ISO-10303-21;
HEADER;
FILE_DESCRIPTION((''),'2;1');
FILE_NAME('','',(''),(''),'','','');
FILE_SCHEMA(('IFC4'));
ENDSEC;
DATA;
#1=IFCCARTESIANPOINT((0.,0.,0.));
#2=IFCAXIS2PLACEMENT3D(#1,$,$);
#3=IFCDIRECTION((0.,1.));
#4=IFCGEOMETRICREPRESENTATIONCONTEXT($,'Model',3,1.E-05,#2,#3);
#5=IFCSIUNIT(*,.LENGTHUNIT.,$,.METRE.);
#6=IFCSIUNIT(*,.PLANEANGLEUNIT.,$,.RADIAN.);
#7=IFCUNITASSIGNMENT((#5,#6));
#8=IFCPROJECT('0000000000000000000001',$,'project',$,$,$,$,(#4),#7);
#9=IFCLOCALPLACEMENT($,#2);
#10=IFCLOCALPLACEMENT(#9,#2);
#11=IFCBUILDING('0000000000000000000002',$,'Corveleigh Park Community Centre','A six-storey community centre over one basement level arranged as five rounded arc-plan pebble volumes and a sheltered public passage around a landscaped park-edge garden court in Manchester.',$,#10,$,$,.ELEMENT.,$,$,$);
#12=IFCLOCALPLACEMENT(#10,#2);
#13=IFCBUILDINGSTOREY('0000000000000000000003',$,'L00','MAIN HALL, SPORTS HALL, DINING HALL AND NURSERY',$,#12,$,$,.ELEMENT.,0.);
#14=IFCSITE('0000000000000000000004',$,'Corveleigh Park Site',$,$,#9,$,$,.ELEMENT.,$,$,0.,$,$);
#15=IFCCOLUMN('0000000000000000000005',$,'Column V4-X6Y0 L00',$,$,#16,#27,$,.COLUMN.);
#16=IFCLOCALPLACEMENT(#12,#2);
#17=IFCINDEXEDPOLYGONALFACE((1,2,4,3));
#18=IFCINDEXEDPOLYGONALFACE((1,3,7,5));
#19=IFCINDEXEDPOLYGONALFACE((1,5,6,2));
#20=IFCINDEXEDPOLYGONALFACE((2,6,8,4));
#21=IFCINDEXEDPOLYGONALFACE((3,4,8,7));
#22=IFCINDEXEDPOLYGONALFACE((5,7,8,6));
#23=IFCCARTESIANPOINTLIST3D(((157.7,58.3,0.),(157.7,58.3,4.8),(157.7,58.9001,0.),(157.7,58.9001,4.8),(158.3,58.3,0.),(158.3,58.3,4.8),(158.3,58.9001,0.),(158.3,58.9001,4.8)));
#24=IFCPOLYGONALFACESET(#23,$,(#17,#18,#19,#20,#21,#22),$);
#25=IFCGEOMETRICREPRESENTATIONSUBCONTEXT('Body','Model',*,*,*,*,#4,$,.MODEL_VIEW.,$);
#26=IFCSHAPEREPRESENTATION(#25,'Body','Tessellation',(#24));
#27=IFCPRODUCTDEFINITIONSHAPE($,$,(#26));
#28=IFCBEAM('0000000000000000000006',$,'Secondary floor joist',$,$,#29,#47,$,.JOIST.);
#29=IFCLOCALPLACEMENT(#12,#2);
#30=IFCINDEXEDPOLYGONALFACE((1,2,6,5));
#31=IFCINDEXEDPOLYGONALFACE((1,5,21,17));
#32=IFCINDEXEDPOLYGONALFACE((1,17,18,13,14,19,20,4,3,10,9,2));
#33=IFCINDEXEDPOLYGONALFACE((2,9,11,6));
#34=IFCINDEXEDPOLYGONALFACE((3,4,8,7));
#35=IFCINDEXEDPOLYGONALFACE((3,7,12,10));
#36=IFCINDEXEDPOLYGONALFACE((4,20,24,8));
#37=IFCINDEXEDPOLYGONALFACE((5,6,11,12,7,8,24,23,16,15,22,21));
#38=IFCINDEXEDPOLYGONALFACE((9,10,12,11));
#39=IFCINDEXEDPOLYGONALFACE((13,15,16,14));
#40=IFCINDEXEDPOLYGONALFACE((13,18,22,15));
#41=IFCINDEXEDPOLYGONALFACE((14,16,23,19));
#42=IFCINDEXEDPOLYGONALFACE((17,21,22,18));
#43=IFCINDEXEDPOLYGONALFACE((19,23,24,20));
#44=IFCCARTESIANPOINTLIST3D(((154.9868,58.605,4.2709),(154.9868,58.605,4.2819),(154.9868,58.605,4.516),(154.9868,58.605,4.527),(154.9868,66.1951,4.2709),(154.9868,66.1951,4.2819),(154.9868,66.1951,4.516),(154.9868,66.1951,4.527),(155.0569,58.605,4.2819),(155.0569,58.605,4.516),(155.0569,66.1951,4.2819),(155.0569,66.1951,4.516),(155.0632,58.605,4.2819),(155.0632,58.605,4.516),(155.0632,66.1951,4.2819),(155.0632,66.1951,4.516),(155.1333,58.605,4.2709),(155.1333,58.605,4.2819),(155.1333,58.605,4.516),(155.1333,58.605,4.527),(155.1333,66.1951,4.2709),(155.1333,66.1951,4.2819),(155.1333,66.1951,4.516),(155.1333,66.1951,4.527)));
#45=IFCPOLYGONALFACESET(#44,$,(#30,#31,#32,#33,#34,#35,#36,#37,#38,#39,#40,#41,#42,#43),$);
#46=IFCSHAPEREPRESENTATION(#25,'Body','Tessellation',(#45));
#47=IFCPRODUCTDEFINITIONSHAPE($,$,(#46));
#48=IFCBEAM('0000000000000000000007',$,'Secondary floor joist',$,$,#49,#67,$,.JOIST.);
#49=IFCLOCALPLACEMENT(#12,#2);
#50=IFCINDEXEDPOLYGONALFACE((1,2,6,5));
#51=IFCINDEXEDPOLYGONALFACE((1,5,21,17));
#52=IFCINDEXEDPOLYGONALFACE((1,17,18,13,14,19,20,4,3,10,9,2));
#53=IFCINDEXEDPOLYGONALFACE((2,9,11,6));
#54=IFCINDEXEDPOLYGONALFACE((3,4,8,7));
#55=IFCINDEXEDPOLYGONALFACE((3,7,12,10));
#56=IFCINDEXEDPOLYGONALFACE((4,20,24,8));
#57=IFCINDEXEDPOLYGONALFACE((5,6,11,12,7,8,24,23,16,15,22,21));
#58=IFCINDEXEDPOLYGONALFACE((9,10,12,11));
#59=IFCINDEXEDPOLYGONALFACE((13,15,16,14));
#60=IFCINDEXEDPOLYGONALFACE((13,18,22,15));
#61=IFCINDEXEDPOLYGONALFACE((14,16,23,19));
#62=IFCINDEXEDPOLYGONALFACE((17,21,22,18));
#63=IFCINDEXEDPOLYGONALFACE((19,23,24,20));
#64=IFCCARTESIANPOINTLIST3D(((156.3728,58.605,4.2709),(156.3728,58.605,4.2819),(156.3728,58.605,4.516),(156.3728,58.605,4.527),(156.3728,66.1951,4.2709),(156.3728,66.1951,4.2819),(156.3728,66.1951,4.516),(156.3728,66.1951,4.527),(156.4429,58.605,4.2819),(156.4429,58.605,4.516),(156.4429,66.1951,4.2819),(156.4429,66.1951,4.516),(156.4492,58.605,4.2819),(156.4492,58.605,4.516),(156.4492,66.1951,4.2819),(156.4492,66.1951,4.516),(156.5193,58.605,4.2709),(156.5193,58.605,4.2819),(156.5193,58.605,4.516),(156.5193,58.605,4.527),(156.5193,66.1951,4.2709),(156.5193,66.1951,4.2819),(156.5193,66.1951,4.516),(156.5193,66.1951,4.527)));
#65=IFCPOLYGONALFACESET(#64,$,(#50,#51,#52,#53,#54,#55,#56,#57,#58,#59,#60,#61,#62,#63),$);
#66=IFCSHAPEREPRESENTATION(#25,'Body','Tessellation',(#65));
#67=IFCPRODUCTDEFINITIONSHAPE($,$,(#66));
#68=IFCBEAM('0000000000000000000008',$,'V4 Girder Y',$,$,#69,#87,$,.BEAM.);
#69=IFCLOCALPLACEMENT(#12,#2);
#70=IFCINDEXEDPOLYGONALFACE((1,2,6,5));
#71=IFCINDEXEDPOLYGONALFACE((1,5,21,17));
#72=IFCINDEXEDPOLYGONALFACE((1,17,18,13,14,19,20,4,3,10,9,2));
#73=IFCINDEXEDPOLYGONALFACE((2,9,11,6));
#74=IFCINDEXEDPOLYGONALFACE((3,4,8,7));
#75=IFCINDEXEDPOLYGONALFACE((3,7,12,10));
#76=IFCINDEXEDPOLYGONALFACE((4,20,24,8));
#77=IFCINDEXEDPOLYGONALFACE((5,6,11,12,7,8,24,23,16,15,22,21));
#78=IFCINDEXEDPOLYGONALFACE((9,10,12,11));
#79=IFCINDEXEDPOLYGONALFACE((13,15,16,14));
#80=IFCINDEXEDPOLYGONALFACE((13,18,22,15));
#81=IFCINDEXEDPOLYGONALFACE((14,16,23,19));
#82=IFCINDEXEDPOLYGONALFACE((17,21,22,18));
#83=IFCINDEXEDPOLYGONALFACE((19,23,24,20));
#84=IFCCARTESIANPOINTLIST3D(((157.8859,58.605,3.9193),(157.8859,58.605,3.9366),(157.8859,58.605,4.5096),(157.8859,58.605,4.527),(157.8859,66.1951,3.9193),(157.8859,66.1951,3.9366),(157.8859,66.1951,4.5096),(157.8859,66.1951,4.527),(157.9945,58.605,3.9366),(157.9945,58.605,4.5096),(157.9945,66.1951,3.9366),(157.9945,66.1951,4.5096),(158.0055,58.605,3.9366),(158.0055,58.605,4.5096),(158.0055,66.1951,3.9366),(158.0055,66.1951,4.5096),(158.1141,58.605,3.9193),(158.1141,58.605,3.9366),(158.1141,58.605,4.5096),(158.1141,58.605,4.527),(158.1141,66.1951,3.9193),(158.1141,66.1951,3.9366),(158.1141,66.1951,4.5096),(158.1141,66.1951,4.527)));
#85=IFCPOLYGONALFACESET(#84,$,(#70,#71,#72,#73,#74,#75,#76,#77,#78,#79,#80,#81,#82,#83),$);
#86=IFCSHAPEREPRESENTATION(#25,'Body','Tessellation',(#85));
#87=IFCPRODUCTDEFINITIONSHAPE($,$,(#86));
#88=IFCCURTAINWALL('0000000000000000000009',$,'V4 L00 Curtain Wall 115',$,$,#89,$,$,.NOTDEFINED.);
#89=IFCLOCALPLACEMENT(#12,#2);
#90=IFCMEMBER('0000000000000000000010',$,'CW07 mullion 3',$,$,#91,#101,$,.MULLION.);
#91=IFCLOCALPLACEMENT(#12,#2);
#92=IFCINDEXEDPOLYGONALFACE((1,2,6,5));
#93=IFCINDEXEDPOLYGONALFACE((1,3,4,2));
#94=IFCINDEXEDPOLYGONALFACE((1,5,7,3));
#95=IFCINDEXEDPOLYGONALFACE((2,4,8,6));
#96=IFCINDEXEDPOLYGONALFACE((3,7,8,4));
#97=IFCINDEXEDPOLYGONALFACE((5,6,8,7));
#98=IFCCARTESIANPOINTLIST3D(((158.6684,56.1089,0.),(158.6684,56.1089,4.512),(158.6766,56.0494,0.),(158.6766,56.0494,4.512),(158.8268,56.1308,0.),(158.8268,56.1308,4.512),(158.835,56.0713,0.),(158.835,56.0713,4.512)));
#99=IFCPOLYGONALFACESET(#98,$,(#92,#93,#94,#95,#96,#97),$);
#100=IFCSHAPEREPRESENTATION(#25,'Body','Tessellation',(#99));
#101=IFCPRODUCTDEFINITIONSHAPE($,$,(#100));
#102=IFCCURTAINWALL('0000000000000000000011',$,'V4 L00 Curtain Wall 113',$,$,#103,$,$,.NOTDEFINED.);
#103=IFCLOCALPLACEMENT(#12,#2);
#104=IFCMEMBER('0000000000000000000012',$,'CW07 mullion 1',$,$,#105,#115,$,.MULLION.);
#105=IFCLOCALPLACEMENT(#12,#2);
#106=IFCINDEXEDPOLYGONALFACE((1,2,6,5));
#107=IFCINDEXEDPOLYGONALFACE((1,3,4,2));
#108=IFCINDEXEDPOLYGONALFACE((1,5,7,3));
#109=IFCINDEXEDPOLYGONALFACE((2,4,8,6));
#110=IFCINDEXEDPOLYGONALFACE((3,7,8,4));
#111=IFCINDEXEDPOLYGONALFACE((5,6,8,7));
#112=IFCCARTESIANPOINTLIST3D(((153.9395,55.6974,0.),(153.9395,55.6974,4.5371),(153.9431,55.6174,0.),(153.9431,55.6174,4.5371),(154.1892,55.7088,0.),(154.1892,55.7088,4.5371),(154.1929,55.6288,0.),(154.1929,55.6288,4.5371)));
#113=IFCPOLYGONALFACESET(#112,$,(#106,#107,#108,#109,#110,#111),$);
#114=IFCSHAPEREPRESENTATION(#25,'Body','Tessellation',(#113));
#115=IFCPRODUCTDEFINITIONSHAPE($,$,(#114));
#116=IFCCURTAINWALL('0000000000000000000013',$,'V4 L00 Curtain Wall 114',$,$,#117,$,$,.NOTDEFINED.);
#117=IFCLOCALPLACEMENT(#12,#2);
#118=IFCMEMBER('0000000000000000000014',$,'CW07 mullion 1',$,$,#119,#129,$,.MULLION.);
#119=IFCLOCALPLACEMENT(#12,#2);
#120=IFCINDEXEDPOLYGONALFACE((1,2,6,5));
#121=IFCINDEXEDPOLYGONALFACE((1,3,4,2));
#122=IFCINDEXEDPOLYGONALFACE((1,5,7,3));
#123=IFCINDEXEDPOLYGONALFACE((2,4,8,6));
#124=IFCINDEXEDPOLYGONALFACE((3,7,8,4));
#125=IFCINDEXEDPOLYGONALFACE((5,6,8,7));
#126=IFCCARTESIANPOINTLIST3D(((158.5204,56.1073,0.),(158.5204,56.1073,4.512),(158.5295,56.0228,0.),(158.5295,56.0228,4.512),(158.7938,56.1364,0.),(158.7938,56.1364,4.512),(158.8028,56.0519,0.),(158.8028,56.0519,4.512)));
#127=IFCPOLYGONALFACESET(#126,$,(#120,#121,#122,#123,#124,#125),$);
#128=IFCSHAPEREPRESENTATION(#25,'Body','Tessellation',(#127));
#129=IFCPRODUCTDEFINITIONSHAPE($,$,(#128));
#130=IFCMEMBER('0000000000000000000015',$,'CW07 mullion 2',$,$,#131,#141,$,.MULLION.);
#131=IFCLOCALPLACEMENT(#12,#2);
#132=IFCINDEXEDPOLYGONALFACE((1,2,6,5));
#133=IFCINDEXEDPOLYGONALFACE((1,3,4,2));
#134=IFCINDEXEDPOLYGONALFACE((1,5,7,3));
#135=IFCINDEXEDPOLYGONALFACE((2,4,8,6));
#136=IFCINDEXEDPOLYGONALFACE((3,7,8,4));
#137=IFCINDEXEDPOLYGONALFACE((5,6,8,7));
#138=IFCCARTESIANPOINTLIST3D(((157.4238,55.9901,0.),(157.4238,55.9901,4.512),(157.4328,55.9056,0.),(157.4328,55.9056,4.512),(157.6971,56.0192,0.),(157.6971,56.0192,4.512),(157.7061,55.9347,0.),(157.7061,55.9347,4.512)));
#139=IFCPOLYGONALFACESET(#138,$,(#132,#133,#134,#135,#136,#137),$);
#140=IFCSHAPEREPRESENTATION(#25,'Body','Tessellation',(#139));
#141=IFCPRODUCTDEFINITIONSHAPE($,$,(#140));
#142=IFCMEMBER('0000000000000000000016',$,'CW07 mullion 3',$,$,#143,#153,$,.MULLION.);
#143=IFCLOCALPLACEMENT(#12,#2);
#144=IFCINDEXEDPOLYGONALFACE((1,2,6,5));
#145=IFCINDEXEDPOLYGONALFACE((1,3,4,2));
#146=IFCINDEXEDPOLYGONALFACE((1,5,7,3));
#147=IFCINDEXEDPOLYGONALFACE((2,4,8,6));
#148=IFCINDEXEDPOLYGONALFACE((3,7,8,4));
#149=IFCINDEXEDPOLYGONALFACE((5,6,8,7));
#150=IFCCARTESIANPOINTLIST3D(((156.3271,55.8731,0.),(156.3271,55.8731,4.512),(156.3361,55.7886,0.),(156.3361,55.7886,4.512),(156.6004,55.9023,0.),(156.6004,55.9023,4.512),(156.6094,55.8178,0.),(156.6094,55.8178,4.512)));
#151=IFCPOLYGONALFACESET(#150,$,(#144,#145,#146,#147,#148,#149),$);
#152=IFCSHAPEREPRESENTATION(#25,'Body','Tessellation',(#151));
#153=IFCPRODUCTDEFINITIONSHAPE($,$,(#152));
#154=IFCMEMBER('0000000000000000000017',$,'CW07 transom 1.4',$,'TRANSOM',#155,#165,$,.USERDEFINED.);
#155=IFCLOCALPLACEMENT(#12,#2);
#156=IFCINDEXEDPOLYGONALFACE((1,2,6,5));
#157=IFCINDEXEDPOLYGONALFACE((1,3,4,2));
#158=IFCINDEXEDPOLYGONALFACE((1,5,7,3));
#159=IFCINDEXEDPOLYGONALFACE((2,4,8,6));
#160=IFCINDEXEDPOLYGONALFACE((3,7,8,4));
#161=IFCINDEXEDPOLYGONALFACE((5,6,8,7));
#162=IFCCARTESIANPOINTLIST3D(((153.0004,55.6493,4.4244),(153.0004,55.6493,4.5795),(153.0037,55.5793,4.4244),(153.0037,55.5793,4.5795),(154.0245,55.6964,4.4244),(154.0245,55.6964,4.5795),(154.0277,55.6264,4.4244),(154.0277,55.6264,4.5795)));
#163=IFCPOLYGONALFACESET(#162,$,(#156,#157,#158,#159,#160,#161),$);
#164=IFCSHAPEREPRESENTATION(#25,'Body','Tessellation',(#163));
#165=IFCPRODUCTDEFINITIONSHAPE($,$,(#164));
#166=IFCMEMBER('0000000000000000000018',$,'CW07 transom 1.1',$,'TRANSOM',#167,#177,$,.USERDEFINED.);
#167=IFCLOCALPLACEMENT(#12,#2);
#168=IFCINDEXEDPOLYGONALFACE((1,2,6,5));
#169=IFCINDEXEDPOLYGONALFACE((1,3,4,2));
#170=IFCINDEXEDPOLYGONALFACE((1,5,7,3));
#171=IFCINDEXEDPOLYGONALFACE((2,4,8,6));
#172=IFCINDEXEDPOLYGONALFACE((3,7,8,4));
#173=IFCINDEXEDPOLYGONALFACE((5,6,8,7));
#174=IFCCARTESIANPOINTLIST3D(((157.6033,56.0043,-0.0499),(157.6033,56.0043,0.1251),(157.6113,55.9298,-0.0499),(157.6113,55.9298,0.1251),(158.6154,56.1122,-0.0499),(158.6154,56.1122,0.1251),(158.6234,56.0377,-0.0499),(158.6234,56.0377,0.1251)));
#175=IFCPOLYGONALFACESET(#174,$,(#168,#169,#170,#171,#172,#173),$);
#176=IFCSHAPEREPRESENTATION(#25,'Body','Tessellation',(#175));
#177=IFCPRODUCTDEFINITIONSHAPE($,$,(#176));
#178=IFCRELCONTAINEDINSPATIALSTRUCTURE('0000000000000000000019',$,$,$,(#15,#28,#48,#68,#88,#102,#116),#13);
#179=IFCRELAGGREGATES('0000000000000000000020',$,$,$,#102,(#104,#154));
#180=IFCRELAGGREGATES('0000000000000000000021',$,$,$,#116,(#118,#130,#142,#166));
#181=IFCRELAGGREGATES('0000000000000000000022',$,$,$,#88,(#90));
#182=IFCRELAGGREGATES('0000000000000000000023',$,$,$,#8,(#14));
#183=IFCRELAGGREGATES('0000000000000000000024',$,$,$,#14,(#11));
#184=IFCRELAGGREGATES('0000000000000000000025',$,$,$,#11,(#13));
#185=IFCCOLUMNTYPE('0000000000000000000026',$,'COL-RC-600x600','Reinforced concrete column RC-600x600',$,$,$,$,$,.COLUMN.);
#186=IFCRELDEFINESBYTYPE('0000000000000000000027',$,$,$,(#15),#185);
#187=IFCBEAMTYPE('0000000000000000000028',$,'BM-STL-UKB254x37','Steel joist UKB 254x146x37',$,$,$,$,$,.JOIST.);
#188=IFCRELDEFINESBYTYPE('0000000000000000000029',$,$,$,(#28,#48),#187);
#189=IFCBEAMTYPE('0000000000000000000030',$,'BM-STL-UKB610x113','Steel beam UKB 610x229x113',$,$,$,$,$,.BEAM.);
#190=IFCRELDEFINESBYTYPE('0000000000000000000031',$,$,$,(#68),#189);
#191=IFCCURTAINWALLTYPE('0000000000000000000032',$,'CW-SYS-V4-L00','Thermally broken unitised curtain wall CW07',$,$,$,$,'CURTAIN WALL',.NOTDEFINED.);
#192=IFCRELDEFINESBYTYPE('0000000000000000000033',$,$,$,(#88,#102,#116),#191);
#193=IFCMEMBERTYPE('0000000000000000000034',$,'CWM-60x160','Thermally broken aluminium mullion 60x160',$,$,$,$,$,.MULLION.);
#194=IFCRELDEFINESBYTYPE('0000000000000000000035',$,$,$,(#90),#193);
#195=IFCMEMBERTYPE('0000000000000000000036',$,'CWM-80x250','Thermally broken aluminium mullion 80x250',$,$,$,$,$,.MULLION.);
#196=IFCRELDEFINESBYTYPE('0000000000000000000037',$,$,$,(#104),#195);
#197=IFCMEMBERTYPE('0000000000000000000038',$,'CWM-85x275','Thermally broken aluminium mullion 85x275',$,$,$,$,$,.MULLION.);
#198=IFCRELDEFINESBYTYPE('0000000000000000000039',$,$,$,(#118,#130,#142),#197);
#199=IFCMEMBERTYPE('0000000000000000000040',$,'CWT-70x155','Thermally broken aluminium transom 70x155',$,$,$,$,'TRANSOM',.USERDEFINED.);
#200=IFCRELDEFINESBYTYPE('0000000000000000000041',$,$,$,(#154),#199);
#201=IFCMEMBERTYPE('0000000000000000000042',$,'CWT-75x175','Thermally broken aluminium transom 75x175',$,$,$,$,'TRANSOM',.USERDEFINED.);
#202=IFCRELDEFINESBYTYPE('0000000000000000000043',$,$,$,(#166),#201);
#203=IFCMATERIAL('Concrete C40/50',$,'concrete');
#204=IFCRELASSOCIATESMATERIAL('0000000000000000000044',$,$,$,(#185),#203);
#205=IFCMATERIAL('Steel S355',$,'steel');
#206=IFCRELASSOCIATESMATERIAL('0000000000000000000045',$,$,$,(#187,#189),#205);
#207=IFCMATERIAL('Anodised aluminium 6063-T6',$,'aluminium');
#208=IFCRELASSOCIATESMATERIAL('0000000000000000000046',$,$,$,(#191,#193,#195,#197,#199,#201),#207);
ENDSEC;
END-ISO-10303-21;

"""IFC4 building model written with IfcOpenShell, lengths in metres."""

from ifc_helpers import new_model, si_unit, direction, frame, origin, origin_2d, place, context, subcontext, project, spatial, rectangle, i_section, extrude, material, material_profile, profile_set, type_object, element, aggregate, save


model = new_model("IFC4")

# Units and contexts
model_context = context("Model", 3, precision=1e-05, world=origin(), true_north=direction((0.0, 1.0)))
body_context = subcontext(model_context, "Body", "Model", "MODEL_VIEW")
ifc_project = project(units=[si_unit("LENGTHUNIT", "METRE"), si_unit("PLANEANGLEUNIT", "RADIAN")], contexts=[model_context])

# Site, building, storey
site_placement = place(None, origin())
site = spatial("IfcSite", under=ifc_project, at=site_placement, Name="Corveleigh Park Site", CompositionType="ELEMENT", RefElevation=0.0)
building_placement = place(site_placement, origin())
building = spatial("IfcBuilding", under=site, at=building_placement, Name="Corveleigh Park Community Centre", Description="A six-storey community centre over one basement level arranged as five rounded arc-plan pebble volumes and a sheltered public passage around a landscaped park-edge garden court in Manchester.", CompositionType="ELEMENT")
storey_placement = place(building_placement, origin())
storey = spatial("IfcBuildingStorey", under=building, at=storey_placement, Name="L00", Description="MAIN HALL, SPORTS HALL, DINING HALL AND NURSERY", CompositionType="ELEMENT", Elevation=0.0)

# Column
ifc_material_1 = material(Name="Concrete C40/50", Category="concrete")
ifc_material_profile_1 = material_profile(ifc_material_1, rectangle(XDim=0.6001, YDim=0.6001, at=origin_2d()), Name="RC-600x600", Category="concrete")
ifc_profile_set_1 = profile_set([ifc_material_profile_1], Name="Concrete C40/50")
column_type = type_object("IfcColumnType", Name="COL-RC-600x600", Description="Reinforced concrete column RC-600x600", PredefinedType="COLUMN", material=ifc_profile_set_1)
column_placement = place(storey_placement, frame((158.0, 58.6001, 0.0), z_axis=(0.0, 0.0, 1.0), x_axis=(1.0, 0.0, 0.0)))
element("IfcColumn", 1, at=column_placement, inside=storey, type_object=column_type, Name="Column V4-X6Y0 L00", PredefinedType="COLUMN", context=body_context, shape_type="SweptSolid", body=[
    extrude(rectangle(XDim=0.6001, YDim=0.6001, at=origin_2d()), origin(), (0.0, 0.0, 1.0), 4.8),
])

# Beams
ifc_material_2 = material(Name="Steel S355", Category="steel")
ifc_material_profile_2 = material_profile(ifc_material_2, i_section(OverallWidth=0.1465, OverallDepth=0.2561, WebThickness=0.0063, FlangeThickness=0.011, at=origin_2d()), Name="UKB 254x146x37", Category="steel")
ifc_profile_set_2 = profile_set([ifc_material_profile_2], Name="Steel S355")
beam_type_1 = type_object("IfcBeamType", Name="BM-STL-UKB254x37", Description="Steel joist UKB 254x146x37", PredefinedType="JOIST", material=ifc_profile_set_2)
for number, where, z_axis, x_axis, name in (
    (2, (155.0601, 58.605, 4.3989), (0.0, 1.0, 0.0), (-1.0, 0.0, 0.0), "Secondary floor joist"),
    (3, (156.446, 58.605, 4.3989), (0.0, 1.0, 0.0), (-1.0, 0.0, 0.0), "Secondary floor joist"),
):
    element("IfcBeam", number, at=place(storey_placement, frame(where, z_axis=z_axis, x_axis=x_axis)), inside=storey, type_object=beam_type_1, Name=name, PredefinedType="JOIST", context=body_context, shape_type="SweptSolid", body=[
        extrude(i_section(OverallWidth=0.1465, OverallDepth=0.2561, WebThickness=0.0063, FlangeThickness=0.011, at=origin_2d()), origin(), (0.0, 0.0, 1.0), 7.5901),
    ])
ifc_material_profile_3 = material_profile(ifc_material_2, i_section(OverallWidth=0.2283, OverallDepth=0.6077, WebThickness=0.011, FlangeThickness=0.0173, at=origin_2d()), Name="UKB 610x229x113", Category="steel")
ifc_profile_set_3 = profile_set([ifc_material_profile_3], Name="Steel S355")
beam_type_2 = type_object("IfcBeamType", Name="BM-STL-UKB610x113", Description="Steel beam UKB 610x229x113", PredefinedType="BEAM", material=ifc_profile_set_3)
beam_placement = place(storey_placement, frame((158.0, 58.605, 4.2231), z_axis=(0.0, 1.0, 0.0), x_axis=(-1.0, 0.0, 0.0)))
element("IfcBeam", 4, at=beam_placement, inside=storey, type_object=beam_type_2, Name="V4 Girder Y", PredefinedType="BEAM", context=body_context, shape_type="SweptSolid", body=[
    extrude(i_section(OverallWidth=0.2283, OverallDepth=0.6077, WebThickness=0.011, FlangeThickness=0.0173, at=origin_2d()), origin(), (0.0, 0.0, 1.0), 7.5901),
])

# Curtain walls, members
ifc_material_3 = material(Name="Anodised aluminium 6063-T6", Category="aluminium")
curtain_wall_type = type_object("IfcCurtainWallType", Name="CW-SYS-V4-L00", Description="Thermally broken unitised curtain wall CW07", ElementType="CURTAIN WALL", PredefinedType="NOTDEFINED", material=ifc_material_3)
curtain_wall_1_placement = place(storey_placement, origin())
curtain_wall_1 = element("IfcCurtainWall", 5, at=curtain_wall_1_placement, inside=storey, type_object=curtain_wall_type, Name="V4 L00 Curtain Wall 115", PredefinedType="NOTDEFINED")
ifc_material_profile_4 = material_profile(ifc_material_3, rectangle(XDim=0.0601, YDim=0.1599, at=origin_2d()), Name="ALU-M60x160", Category="aluminium")
ifc_profile_set_4 = profile_set([ifc_material_profile_4], Name="Anodised aluminium 6063-T6")
member_type_1 = type_object("IfcMemberType", Name="CWM-60x160", Description="Thermally broken aluminium mullion 60x160", PredefinedType="MULLION", material=ifc_profile_set_4)
member_1_placement = place(storey_placement, frame((158.7517, 56.0901, 0.0), z_axis=(0.0, 0.0, 1.0), x_axis=(0.136534, -0.990635, 0.0)))
member_1 = element("IfcMember", 6, at=member_1_placement, type_object=member_type_1, Name="CW07 mullion 3", PredefinedType="MULLION", context=body_context, shape_type="SweptSolid", body=[
    extrude(rectangle(XDim=0.0601, YDim=0.1599, at=origin_2d()), origin(), (0.0, 0.0, 1.0), 4.512),
])
curtain_wall_2_placement = place(storey_placement, origin())
curtain_wall_2 = element("IfcCurtainWall", 7, at=curtain_wall_2_placement, inside=storey, type_object=curtain_wall_type, Name="V4 L00 Curtain Wall 113", PredefinedType="NOTDEFINED")
ifc_material_profile_5 = material_profile(ifc_material_3, rectangle(XDim=0.0801, YDim=0.25, at=origin_2d()), Name="ALU-M80x250", Category="aluminium")
ifc_profile_set_5 = profile_set([ifc_material_profile_5], Name="Anodised aluminium 6063-T6")
member_type_2 = type_object("IfcMemberType", Name="CWM-80x250", Description="Thermally broken aluminium mullion 80x250", PredefinedType="MULLION", material=ifc_profile_set_5)
member_2_placement = place(storey_placement, frame((154.0662, 55.6631, 0.0), z_axis=(0.0, 0.0, 1.0), x_axis=(0.045843, -0.998949, 0.0)))
member_2 = element("IfcMember", 8, at=member_2_placement, type_object=member_type_2, Name="CW07 mullion 1", PredefinedType="MULLION", context=body_context, shape_type="SweptSolid", body=[
    extrude(rectangle(XDim=0.0801, YDim=0.25, at=origin_2d()), origin(), (0.0, 0.0, 1.0), 4.5371),
])

# Curtain wall, members
curtain_wall_3_placement = place(storey_placement, origin())
curtain_wall_3 = element("IfcCurtainWall", 9, at=curtain_wall_3_placement, inside=storey, type_object=curtain_wall_type, Name="V4 L00 Curtain Wall 114", PredefinedType="NOTDEFINED")
ifc_material_profile_6 = material_profile(ifc_material_3, rectangle(XDim=0.085, YDim=0.2749, at=origin_2d()), Name="ALU-M85x275", Category="aluminium")
ifc_profile_set_6 = profile_set([ifc_material_profile_6], Name="Anodised aluminium 6063-T6")
member_type_3 = type_object("IfcMemberType", Name="CWM-85x275", Description="Thermally broken aluminium mullion 85x275", PredefinedType="MULLION", material=ifc_profile_set_6)
member_3_placement = place(storey_placement, frame((158.6616, 56.0796, 0.0), z_axis=(0.0, 0.0, 1.0), x_axis=(0.106071, -0.994359, 0.0)))
member_3 = element("IfcMember", 10, at=member_3_placement, type_object=member_type_3, Name="CW07 mullion 1", PredefinedType="MULLION", context=body_context, shape_type="SweptSolid", body=[
    extrude(rectangle(XDim=0.085, YDim=0.2749, at=origin_2d()), origin(), (0.0, 0.0, 1.0), 4.512),
])
member_4_placement = place(storey_placement, frame((157.5649, 55.9624, 0.0), z_axis=(0.0, 0.0, 1.0), x_axis=(0.106071, -0.994359, 0.0)))
member_4 = element("IfcMember", 11, at=member_4_placement, type_object=member_type_3, Name="CW07 mullion 2", PredefinedType="MULLION", context=body_context, shape_type="SweptSolid", body=[
    extrude(rectangle(XDim=0.085, YDim=0.2749, at=origin_2d()), origin(), (0.0, 0.0, 1.0), 4.512),
])
member_5_placement = place(storey_placement, frame((156.4683, 55.8455, 0.0), z_axis=(0.0, 0.0, 1.0), x_axis=(0.106071, -0.994359, 0.0)))
member_5 = element("IfcMember", 12, at=member_5_placement, type_object=member_type_3, Name="CW07 mullion 3", PredefinedType="MULLION", context=body_context, shape_type="SweptSolid", body=[
    extrude(rectangle(XDim=0.085, YDim=0.2749, at=origin_2d()), origin(), (0.0, 0.0, 1.0), 4.512),
])

# Members
ifc_material_profile_7 = material_profile(ifc_material_3, rectangle(XDim=0.0701, YDim=0.155, at=origin_2d()), Name="ALU-T70x155", Category="aluminium")
ifc_profile_set_7 = profile_set([ifc_material_profile_7], Name="Anodised aluminium 6063-T6")
member_type_4 = type_object("IfcMemberType", Name="CWT-70x155", Description="Thermally broken aluminium transom 70x155", ElementType="TRANSOM", PredefinedType="USERDEFINED", material=ifc_profile_set_7)
member_6_placement = place(storey_placement, frame((154.0261, 55.6614, 4.502), z_axis=(-0.998943, -0.045959, 0.0), x_axis=(0.045959, -0.998943, 0.0)))
member_6 = element("IfcMember", 13, at=member_6_placement, type_object=member_type_4, Name="CW07 transom 1.4", ObjectType="TRANSOM", PredefinedType="USERDEFINED", context=body_context, shape_type="SweptSolid", body=[
    extrude(rectangle(XDim=0.0701, YDim=0.155, at=origin_2d()), origin(), (0.0, 0.0, 1.0), 1.0251),
])
aggregate(curtain_wall_2, [member_2, member_6])
ifc_material_profile_8 = material_profile(ifc_material_3, rectangle(XDim=0.075, YDim=0.175, at=origin_2d()), Name="ALU-T75x175", Category="aluminium")
ifc_profile_set_8 = profile_set([ifc_material_profile_8], Name="Anodised aluminium 6063-T6")
member_type_5 = type_object("IfcMemberType", Name="CWT-75x175", Description="Thermally broken aluminium transom 75x175", ElementType="TRANSOM", PredefinedType="USERDEFINED", material=ifc_profile_set_8)
member_7_placement = place(storey_placement, frame((158.6194, 56.075, 0.0376), z_axis=(-0.994365, -0.106008, 0.0), x_axis=(0.106008, -0.994365, 0.0)))
member_7 = element("IfcMember", 14, at=member_7_placement, type_object=member_type_5, Name="CW07 transom 1.1", ObjectType="TRANSOM", PredefinedType="USERDEFINED", context=body_context, shape_type="SweptSolid", body=[
    extrude(rectangle(XDim=0.075, YDim=0.175, at=origin_2d()), origin(), (0.0, 0.0, 1.0), 1.0178),
])

aggregate(curtain_wall_3, [member_3, member_4, member_5, member_7])
aggregate(curtain_wall_1, [member_1])

save(model, "model.ifc")
